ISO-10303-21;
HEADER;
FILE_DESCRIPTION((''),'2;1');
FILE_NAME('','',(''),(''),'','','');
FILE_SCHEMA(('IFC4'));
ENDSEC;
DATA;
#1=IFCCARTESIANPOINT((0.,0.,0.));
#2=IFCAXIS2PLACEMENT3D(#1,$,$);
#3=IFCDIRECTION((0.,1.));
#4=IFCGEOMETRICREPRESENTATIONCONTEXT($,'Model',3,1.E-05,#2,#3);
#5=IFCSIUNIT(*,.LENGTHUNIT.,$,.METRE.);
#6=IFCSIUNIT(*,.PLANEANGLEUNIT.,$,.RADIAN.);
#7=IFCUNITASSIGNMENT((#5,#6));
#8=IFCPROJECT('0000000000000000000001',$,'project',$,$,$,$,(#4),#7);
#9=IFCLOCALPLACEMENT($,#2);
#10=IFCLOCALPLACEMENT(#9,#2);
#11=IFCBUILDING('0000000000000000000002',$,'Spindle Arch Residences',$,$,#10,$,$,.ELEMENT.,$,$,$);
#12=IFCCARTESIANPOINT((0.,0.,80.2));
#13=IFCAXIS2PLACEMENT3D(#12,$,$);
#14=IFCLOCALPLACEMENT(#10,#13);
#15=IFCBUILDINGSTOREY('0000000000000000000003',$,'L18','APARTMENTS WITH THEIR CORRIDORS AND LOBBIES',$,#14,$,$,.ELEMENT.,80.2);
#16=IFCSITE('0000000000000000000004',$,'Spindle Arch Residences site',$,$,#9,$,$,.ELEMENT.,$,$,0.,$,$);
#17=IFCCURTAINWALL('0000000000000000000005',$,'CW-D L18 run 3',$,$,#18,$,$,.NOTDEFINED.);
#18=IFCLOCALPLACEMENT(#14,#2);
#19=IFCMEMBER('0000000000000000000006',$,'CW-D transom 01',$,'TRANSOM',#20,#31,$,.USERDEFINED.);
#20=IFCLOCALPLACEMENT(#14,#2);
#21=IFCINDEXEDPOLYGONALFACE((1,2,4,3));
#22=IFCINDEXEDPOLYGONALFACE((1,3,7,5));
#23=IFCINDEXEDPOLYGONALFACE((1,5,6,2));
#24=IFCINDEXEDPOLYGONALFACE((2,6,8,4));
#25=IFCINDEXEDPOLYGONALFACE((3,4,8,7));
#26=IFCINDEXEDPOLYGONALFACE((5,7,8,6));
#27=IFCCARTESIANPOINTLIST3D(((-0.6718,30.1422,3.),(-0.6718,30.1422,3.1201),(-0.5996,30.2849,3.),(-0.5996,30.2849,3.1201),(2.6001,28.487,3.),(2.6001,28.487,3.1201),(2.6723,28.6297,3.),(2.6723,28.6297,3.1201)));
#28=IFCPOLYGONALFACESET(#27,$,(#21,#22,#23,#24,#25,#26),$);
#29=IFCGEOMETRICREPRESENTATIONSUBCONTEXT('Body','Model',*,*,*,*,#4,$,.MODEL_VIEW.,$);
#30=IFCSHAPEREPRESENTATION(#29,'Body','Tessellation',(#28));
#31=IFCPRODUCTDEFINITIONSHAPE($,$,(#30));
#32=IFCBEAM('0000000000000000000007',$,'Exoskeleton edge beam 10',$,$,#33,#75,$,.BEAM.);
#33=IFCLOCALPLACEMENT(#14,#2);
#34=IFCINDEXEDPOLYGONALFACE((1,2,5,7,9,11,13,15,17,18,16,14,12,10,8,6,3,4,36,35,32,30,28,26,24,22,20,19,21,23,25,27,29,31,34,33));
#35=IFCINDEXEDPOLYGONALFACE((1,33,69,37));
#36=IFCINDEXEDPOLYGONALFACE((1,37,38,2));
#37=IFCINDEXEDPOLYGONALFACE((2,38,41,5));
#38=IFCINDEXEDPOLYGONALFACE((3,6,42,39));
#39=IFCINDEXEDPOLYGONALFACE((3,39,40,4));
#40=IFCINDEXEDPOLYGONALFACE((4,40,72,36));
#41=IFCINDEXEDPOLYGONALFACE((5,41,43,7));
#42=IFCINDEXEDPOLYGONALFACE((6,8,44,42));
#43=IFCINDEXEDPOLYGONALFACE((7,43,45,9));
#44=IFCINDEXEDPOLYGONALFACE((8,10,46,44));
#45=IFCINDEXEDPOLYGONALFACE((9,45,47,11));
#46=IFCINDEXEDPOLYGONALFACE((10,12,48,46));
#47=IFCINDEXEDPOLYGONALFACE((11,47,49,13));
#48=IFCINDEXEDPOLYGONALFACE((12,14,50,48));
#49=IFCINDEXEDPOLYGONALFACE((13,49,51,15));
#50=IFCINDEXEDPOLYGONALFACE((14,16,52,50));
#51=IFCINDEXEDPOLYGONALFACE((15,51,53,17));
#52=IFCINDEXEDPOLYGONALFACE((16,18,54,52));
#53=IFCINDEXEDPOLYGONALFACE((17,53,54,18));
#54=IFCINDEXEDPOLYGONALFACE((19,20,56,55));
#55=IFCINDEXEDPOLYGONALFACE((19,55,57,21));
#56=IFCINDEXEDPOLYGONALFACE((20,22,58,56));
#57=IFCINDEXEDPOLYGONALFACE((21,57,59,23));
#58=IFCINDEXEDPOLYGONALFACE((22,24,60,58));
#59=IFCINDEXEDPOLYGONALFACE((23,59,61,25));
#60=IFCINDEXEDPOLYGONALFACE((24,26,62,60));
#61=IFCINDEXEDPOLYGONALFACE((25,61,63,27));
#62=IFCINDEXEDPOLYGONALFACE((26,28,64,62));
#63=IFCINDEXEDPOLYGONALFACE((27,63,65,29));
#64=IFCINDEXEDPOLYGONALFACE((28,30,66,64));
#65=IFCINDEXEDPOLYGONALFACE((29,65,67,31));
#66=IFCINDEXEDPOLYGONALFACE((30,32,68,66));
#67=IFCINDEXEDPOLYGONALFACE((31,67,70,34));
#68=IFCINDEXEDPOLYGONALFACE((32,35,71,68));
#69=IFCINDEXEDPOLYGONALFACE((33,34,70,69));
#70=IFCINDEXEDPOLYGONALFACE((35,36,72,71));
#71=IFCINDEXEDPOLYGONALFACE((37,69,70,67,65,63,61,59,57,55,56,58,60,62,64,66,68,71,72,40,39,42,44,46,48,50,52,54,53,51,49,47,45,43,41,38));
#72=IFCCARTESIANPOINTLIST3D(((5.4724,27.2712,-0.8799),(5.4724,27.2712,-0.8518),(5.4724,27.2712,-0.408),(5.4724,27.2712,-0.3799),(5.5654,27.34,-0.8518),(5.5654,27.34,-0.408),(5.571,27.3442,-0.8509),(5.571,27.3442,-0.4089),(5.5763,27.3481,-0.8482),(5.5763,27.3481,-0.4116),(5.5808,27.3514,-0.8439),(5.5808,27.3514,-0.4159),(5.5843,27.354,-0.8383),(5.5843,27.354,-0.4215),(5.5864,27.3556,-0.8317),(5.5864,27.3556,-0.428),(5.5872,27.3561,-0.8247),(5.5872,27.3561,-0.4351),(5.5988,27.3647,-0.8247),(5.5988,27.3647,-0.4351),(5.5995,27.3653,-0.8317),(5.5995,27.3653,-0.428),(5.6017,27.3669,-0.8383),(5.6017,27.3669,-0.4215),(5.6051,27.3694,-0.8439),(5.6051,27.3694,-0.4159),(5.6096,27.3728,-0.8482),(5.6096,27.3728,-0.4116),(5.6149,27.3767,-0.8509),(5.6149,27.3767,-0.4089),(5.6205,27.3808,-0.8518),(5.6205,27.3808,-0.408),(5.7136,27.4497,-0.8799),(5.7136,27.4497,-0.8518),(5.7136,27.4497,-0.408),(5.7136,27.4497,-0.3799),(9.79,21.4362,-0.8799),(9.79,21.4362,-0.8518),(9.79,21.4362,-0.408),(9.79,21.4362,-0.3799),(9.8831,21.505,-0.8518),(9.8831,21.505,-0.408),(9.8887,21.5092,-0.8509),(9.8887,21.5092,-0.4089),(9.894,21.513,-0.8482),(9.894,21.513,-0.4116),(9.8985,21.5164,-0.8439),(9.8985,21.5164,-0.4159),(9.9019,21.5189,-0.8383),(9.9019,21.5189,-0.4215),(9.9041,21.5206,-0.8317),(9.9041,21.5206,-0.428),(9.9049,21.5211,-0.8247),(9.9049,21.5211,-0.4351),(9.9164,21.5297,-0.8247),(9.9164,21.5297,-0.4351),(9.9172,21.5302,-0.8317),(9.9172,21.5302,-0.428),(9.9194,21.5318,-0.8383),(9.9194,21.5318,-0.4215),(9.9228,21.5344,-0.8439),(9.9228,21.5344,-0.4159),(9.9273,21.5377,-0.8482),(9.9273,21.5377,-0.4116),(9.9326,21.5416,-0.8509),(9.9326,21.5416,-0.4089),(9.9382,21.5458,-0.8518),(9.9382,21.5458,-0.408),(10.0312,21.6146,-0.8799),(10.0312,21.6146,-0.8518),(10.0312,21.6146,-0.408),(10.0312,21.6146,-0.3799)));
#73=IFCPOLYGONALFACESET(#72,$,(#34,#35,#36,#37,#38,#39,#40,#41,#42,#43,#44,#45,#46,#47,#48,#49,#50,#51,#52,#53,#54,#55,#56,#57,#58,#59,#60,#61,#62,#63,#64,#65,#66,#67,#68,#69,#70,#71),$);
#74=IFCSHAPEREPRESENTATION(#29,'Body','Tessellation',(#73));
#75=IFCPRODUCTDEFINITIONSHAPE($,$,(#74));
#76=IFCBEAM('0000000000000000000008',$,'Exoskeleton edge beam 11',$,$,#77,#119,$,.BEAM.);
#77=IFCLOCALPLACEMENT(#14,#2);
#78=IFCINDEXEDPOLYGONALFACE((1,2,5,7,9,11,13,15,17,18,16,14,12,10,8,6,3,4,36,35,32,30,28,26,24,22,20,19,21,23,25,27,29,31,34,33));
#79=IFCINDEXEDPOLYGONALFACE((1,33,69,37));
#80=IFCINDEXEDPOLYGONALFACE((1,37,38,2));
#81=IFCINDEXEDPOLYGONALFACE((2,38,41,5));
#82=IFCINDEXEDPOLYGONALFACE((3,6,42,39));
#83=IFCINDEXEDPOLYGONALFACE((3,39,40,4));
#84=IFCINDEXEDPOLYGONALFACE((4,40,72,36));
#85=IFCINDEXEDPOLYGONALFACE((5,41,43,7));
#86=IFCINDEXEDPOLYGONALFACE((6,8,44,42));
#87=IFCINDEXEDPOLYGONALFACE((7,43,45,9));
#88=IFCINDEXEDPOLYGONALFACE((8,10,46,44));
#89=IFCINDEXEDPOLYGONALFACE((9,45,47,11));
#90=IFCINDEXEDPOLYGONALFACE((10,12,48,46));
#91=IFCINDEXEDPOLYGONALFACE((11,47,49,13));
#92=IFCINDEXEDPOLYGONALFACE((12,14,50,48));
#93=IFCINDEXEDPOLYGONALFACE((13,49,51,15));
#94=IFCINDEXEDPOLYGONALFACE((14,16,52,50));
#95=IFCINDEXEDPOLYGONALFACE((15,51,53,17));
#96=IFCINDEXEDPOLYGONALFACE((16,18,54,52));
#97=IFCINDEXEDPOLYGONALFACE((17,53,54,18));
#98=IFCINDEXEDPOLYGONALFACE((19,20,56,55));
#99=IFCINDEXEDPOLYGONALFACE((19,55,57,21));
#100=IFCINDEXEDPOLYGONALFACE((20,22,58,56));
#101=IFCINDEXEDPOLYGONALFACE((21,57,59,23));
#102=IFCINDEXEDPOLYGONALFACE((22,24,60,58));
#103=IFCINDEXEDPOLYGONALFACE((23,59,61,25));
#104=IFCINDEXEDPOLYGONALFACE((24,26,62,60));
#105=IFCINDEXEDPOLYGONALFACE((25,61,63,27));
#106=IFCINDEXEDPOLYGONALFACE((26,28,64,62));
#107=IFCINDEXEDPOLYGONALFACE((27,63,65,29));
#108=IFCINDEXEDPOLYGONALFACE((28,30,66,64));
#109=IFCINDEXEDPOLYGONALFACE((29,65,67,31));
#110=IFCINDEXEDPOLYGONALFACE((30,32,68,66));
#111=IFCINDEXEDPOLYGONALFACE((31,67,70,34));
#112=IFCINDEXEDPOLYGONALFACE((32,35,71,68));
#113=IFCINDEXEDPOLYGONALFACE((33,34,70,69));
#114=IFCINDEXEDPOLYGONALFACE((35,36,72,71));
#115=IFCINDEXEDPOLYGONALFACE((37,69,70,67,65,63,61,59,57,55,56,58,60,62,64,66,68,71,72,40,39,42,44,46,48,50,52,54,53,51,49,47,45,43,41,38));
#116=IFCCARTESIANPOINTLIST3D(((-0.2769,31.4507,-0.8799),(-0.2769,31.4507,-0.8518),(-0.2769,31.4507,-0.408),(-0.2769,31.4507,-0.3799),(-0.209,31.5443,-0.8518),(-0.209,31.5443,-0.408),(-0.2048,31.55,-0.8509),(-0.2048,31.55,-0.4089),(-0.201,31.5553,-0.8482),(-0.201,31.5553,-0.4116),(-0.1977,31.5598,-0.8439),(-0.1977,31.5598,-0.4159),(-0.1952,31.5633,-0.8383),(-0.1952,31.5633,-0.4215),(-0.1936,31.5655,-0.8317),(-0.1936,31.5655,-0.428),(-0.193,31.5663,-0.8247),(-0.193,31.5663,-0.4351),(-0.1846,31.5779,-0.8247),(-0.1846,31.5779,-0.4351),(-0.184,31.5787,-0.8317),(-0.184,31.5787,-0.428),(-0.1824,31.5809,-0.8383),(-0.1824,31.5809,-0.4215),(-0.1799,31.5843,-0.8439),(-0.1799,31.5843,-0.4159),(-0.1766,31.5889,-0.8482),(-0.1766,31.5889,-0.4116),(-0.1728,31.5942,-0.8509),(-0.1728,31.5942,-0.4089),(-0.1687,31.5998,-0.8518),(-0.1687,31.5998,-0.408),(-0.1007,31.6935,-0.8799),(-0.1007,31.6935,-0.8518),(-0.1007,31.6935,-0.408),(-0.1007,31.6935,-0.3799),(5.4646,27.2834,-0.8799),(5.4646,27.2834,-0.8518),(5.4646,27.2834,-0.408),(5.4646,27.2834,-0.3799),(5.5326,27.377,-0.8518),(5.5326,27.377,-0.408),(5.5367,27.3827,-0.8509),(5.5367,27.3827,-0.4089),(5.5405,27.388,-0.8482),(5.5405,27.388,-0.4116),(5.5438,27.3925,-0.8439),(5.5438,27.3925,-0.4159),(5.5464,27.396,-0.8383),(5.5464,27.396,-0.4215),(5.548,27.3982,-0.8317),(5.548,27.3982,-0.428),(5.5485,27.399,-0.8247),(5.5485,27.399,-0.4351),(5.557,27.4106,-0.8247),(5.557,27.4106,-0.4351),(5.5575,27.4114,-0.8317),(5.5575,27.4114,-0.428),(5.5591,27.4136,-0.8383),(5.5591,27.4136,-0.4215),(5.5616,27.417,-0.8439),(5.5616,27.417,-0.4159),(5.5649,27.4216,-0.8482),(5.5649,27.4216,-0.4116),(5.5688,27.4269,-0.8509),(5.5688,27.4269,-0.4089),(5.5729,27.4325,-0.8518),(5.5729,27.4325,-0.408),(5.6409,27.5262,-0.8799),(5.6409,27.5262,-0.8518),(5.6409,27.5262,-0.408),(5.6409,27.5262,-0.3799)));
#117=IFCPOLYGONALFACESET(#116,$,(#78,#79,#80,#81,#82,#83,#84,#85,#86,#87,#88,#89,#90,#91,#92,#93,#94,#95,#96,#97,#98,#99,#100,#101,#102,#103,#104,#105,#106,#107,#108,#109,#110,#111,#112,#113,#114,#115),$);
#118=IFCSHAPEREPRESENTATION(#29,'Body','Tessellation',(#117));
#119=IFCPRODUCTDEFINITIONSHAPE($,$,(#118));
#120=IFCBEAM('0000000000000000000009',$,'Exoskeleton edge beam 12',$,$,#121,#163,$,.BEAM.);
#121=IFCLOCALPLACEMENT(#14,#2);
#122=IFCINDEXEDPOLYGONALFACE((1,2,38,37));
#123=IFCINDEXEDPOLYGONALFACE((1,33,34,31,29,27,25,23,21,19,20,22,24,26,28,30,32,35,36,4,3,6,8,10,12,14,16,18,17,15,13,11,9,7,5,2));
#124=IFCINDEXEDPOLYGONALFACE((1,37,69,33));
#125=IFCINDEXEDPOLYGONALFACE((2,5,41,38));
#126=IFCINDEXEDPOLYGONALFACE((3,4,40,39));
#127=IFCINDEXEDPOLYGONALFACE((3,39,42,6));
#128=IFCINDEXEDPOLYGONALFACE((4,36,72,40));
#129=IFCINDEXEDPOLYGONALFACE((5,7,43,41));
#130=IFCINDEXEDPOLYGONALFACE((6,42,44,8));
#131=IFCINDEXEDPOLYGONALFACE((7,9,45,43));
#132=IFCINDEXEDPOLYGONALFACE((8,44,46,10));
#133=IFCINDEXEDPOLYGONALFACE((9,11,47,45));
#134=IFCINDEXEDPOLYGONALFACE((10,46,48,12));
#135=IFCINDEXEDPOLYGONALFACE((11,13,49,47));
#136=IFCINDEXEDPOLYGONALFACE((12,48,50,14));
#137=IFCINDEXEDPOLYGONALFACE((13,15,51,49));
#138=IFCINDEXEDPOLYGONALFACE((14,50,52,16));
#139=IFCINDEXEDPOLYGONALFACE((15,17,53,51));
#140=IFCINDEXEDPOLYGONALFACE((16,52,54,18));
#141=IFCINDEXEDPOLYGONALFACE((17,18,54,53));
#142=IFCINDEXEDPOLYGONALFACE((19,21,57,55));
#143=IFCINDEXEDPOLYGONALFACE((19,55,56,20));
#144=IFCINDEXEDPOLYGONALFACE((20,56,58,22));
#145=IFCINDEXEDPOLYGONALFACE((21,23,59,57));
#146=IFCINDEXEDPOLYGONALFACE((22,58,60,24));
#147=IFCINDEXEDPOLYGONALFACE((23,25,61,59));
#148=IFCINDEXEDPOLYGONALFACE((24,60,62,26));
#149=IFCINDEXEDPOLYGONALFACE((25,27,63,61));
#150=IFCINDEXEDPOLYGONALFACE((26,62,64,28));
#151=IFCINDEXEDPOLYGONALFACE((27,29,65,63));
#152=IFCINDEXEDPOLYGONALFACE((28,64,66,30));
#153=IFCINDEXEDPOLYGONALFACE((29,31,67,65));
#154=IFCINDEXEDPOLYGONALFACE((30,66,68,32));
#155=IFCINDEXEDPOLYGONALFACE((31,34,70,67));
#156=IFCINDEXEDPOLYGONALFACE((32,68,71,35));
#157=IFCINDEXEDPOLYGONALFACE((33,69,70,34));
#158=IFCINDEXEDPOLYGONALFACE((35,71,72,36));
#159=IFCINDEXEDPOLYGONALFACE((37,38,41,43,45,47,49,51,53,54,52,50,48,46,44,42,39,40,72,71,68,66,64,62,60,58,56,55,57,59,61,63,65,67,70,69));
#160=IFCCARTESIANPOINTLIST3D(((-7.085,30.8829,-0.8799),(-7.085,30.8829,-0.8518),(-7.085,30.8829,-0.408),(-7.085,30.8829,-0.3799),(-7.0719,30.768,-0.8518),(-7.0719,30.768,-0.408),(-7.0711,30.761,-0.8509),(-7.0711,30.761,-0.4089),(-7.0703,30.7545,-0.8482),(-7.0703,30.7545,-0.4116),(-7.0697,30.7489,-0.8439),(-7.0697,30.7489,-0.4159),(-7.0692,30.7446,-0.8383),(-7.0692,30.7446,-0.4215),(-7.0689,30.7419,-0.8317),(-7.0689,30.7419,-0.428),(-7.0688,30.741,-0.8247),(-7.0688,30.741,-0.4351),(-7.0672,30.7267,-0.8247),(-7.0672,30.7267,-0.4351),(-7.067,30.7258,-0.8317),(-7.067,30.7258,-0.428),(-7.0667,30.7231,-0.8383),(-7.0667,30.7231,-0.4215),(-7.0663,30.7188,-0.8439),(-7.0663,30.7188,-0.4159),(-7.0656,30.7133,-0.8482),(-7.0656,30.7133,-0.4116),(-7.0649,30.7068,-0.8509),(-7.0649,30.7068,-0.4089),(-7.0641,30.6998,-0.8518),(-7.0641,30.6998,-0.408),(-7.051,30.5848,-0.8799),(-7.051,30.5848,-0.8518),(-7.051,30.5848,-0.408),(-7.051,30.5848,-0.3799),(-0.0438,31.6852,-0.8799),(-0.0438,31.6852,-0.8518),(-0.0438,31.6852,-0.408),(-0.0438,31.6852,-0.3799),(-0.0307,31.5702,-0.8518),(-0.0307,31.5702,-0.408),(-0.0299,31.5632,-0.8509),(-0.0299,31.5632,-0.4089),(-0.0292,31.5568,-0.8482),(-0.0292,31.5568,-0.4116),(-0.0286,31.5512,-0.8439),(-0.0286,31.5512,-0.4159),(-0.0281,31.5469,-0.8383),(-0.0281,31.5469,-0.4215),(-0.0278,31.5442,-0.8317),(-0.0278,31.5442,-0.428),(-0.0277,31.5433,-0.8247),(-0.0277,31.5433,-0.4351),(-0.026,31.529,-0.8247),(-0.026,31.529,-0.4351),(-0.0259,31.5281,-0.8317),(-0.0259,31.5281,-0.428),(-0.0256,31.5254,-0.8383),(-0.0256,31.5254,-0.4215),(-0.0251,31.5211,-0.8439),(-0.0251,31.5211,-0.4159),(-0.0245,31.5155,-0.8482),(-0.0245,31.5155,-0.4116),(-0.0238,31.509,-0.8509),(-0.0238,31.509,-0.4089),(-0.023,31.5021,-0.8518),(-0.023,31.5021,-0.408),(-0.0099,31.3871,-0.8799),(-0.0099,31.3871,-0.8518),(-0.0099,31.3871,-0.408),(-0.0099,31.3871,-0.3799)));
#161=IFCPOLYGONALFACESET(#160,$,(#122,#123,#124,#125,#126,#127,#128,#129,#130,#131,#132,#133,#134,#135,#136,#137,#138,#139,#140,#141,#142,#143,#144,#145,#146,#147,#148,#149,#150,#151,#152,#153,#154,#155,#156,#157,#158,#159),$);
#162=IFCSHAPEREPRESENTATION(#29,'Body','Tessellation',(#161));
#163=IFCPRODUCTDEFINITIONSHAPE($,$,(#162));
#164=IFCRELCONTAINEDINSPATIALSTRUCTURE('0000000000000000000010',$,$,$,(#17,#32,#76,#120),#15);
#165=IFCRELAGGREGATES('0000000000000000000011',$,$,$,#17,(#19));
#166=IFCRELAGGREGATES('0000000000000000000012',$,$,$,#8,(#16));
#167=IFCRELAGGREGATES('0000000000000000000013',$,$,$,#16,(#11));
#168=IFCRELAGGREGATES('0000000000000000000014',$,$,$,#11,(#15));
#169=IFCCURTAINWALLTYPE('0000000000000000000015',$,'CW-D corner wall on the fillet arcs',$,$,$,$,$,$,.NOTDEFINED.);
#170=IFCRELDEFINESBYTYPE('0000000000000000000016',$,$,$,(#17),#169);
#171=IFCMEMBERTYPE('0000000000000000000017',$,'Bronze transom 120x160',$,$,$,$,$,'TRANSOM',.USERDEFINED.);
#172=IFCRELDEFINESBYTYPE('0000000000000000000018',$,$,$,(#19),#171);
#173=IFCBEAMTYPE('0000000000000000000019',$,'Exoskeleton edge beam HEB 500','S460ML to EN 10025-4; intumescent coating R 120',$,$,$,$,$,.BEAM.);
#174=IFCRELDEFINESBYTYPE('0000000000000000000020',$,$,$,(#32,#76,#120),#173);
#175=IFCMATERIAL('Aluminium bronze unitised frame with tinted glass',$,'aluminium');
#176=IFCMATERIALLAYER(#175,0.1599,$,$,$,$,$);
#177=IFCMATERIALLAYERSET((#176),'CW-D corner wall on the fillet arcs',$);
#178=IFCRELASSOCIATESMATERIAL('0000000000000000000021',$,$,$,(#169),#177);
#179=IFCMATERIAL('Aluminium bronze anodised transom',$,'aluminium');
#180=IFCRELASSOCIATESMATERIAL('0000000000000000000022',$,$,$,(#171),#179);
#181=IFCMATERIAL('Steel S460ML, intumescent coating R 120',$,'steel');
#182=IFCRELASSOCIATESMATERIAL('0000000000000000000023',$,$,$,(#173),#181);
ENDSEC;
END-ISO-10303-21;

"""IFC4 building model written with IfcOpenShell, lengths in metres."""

from ifc_helpers import new_model, si_unit, direction, frame, origin, origin_2d, place, context, subcontext, project, spatial, rectangle, i_section, extrude, material, layer, layer_set, material_profile, profile_set, type_object, element, aggregate, save


model = new_model("IFC4")

# Units and contexts
model_context = context("Model", 3, precision=1e-05, world=origin(), true_north=direction((0.0, 1.0)))
body_context = subcontext(model_context, "Body", "Model", "MODEL_VIEW")
ifc_project = project(units=[si_unit("LENGTHUNIT", "METRE"), si_unit("PLANEANGLEUNIT", "RADIAN")], contexts=[model_context])

# Site, building, storey
site_placement = place(None, origin())
site = spatial("IfcSite", under=ifc_project, at=site_placement, Name="Spindle Arch Residences site", CompositionType="ELEMENT", RefElevation=0.0)
building_placement = place(site_placement, origin())
building = spatial("IfcBuilding", under=site, at=building_placement, Name="Spindle Arch Residences", CompositionType="ELEMENT")
storey_placement = place(building_placement, frame((0.0, 0.0, 80.2)))
storey = spatial("IfcBuildingStorey", under=building, at=storey_placement, Name="L18", Description="APARTMENTS WITH THEIR CORRIDORS AND LOBBIES", CompositionType="ELEMENT", Elevation=80.2)

# Curtain wall, member
ifc_material_1 = material(Name="Aluminium bronze unitised frame with tinted glass", Category="aluminium")
ifc_layer_1 = layer(ifc_material_1, 0.1599)
ifc_layer_set_1 = layer_set([ifc_layer_1], Name="CW-D corner wall on the fillet arcs")
curtain_wall_type_1 = type_object("IfcCurtainWallType", Name="CW-D corner wall on the fillet arcs", PredefinedType="NOTDEFINED", material=ifc_layer_set_1)
curtain_wall_1_placement = place(storey_placement, origin())
curtain_wall_1 = element("IfcCurtainWall", 1, at=curtain_wall_1_placement, inside=storey, type_object=curtain_wall_type_1, Name="CW-D L18 run 3", PredefinedType="NOTDEFINED")
ifc_material_2 = material(Name="Aluminium bronze anodised transom", Category="aluminium")
ifc_material_profile_1 = material_profile(ifc_material_2, rectangle(XDim=0.1599, YDim=0.1201, at=origin_2d()), Name="TR 120x160")
ifc_profile_set_1 = profile_set([ifc_material_profile_1], Name="Aluminium bronze anodised transom")
member_type_1 = type_object("IfcMemberType", Name="Bronze transom 120x160", ElementType="TRANSOM", PredefinedType="USERDEFINED", material=ifc_profile_set_1)
member_1_placement = place(storey_placement, frame((2.6362, 28.5583, 3.0601), z_axis=(-0.892313, 0.451417, 0.0), x_axis=(-0.451417, -0.892313, 0.0)))
member_1 = element("IfcMember", 2, at=member_1_placement, type_object=member_type_1, Name="CW-D transom 01", ObjectType="TRANSOM", PredefinedType="USERDEFINED", context=body_context, shape_type="SweptSolid", body=[
    extrude(rectangle(XDim=0.1599, YDim=0.1201, at=origin_2d()), origin(), (0.0, 0.0, 1.0), 3.6667),
])

# Beams
ifc_material_3 = material(Name="Steel S460ML, intumescent coating R 120", Category="steel")
ifc_material_profile_2 = material_profile(ifc_material_3, i_section(OverallWidth=0.3, OverallDepth=0.5, WebThickness=0.0144, FlangeThickness=0.0281, FilletRadius=0.0271, at=origin_2d()), Name="HEB 500")
ifc_profile_set_2 = profile_set([ifc_material_profile_2], Name="Steel S460ML, intumescent coating R 120")
beam_type_1 = type_object("IfcBeamType", Name="Exoskeleton edge beam HEB 500", Description="S460ML to EN 10025-4; intumescent coating R 120", PredefinedType="BEAM", material=ifc_profile_set_2)
beam_1_placement = place(storey_placement, frame((9.9106, 21.5254, -0.6299), z_axis=(-0.594821, 0.803858, 0.0), x_axis=(-0.803858, -0.594821, 0.0)))
element("IfcBeam", 3, at=beam_1_placement, inside=storey, type_object=beam_type_1, Name="Exoskeleton edge beam 10", PredefinedType="BEAM", context=body_context, shape_type="SweptSolid", body=[
    extrude(i_section(OverallWidth=0.3, OverallDepth=0.5, WebThickness=0.0144, FlangeThickness=0.0281, FilletRadius=0.0271, at=origin_2d()), origin(), (0.0, 0.0, 1.0), 7.2588),
])
beam_2_placement = place(storey_placement, frame((5.5527, 27.4048, -0.6299), z_axis=(-0.809297, 0.5874, 0.0), x_axis=(-0.5874, -0.809297, 0.0)))
element("IfcBeam", 4, at=beam_2_placement, inside=storey, type_object=beam_type_1, Name="Exoskeleton edge beam 11", PredefinedType="BEAM", context=body_context, shape_type="SweptSolid", body=[
    extrude(i_section(OverallWidth=0.3, OverallDepth=0.5, WebThickness=0.0144, FlangeThickness=0.0281, FilletRadius=0.0271, at=origin_2d()), origin(), (0.0, 0.0, 1.0), 7.0945),
])
beam_3_placement = place(storey_placement, frame((-0.0269, 31.5361, -0.6299), z_axis=(-0.993571, -0.113207, 0.0), x_axis=(0.113207, -0.993571, 0.0)))
element("IfcBeam", 5, at=beam_3_placement, inside=storey, type_object=beam_type_1, Name="Exoskeleton edge beam 12", PredefinedType="BEAM", context=body_context, shape_type="SweptSolid", body=[
    extrude(i_section(OverallWidth=0.3, OverallDepth=0.5, WebThickness=0.0144, FlangeThickness=0.0281, FilletRadius=0.0271, at=origin_2d()), origin(), (0.0, 0.0, 1.0), 7.0867),
])

aggregate(curtain_wall_1, [member_1])

save(model, "model.ifc")
